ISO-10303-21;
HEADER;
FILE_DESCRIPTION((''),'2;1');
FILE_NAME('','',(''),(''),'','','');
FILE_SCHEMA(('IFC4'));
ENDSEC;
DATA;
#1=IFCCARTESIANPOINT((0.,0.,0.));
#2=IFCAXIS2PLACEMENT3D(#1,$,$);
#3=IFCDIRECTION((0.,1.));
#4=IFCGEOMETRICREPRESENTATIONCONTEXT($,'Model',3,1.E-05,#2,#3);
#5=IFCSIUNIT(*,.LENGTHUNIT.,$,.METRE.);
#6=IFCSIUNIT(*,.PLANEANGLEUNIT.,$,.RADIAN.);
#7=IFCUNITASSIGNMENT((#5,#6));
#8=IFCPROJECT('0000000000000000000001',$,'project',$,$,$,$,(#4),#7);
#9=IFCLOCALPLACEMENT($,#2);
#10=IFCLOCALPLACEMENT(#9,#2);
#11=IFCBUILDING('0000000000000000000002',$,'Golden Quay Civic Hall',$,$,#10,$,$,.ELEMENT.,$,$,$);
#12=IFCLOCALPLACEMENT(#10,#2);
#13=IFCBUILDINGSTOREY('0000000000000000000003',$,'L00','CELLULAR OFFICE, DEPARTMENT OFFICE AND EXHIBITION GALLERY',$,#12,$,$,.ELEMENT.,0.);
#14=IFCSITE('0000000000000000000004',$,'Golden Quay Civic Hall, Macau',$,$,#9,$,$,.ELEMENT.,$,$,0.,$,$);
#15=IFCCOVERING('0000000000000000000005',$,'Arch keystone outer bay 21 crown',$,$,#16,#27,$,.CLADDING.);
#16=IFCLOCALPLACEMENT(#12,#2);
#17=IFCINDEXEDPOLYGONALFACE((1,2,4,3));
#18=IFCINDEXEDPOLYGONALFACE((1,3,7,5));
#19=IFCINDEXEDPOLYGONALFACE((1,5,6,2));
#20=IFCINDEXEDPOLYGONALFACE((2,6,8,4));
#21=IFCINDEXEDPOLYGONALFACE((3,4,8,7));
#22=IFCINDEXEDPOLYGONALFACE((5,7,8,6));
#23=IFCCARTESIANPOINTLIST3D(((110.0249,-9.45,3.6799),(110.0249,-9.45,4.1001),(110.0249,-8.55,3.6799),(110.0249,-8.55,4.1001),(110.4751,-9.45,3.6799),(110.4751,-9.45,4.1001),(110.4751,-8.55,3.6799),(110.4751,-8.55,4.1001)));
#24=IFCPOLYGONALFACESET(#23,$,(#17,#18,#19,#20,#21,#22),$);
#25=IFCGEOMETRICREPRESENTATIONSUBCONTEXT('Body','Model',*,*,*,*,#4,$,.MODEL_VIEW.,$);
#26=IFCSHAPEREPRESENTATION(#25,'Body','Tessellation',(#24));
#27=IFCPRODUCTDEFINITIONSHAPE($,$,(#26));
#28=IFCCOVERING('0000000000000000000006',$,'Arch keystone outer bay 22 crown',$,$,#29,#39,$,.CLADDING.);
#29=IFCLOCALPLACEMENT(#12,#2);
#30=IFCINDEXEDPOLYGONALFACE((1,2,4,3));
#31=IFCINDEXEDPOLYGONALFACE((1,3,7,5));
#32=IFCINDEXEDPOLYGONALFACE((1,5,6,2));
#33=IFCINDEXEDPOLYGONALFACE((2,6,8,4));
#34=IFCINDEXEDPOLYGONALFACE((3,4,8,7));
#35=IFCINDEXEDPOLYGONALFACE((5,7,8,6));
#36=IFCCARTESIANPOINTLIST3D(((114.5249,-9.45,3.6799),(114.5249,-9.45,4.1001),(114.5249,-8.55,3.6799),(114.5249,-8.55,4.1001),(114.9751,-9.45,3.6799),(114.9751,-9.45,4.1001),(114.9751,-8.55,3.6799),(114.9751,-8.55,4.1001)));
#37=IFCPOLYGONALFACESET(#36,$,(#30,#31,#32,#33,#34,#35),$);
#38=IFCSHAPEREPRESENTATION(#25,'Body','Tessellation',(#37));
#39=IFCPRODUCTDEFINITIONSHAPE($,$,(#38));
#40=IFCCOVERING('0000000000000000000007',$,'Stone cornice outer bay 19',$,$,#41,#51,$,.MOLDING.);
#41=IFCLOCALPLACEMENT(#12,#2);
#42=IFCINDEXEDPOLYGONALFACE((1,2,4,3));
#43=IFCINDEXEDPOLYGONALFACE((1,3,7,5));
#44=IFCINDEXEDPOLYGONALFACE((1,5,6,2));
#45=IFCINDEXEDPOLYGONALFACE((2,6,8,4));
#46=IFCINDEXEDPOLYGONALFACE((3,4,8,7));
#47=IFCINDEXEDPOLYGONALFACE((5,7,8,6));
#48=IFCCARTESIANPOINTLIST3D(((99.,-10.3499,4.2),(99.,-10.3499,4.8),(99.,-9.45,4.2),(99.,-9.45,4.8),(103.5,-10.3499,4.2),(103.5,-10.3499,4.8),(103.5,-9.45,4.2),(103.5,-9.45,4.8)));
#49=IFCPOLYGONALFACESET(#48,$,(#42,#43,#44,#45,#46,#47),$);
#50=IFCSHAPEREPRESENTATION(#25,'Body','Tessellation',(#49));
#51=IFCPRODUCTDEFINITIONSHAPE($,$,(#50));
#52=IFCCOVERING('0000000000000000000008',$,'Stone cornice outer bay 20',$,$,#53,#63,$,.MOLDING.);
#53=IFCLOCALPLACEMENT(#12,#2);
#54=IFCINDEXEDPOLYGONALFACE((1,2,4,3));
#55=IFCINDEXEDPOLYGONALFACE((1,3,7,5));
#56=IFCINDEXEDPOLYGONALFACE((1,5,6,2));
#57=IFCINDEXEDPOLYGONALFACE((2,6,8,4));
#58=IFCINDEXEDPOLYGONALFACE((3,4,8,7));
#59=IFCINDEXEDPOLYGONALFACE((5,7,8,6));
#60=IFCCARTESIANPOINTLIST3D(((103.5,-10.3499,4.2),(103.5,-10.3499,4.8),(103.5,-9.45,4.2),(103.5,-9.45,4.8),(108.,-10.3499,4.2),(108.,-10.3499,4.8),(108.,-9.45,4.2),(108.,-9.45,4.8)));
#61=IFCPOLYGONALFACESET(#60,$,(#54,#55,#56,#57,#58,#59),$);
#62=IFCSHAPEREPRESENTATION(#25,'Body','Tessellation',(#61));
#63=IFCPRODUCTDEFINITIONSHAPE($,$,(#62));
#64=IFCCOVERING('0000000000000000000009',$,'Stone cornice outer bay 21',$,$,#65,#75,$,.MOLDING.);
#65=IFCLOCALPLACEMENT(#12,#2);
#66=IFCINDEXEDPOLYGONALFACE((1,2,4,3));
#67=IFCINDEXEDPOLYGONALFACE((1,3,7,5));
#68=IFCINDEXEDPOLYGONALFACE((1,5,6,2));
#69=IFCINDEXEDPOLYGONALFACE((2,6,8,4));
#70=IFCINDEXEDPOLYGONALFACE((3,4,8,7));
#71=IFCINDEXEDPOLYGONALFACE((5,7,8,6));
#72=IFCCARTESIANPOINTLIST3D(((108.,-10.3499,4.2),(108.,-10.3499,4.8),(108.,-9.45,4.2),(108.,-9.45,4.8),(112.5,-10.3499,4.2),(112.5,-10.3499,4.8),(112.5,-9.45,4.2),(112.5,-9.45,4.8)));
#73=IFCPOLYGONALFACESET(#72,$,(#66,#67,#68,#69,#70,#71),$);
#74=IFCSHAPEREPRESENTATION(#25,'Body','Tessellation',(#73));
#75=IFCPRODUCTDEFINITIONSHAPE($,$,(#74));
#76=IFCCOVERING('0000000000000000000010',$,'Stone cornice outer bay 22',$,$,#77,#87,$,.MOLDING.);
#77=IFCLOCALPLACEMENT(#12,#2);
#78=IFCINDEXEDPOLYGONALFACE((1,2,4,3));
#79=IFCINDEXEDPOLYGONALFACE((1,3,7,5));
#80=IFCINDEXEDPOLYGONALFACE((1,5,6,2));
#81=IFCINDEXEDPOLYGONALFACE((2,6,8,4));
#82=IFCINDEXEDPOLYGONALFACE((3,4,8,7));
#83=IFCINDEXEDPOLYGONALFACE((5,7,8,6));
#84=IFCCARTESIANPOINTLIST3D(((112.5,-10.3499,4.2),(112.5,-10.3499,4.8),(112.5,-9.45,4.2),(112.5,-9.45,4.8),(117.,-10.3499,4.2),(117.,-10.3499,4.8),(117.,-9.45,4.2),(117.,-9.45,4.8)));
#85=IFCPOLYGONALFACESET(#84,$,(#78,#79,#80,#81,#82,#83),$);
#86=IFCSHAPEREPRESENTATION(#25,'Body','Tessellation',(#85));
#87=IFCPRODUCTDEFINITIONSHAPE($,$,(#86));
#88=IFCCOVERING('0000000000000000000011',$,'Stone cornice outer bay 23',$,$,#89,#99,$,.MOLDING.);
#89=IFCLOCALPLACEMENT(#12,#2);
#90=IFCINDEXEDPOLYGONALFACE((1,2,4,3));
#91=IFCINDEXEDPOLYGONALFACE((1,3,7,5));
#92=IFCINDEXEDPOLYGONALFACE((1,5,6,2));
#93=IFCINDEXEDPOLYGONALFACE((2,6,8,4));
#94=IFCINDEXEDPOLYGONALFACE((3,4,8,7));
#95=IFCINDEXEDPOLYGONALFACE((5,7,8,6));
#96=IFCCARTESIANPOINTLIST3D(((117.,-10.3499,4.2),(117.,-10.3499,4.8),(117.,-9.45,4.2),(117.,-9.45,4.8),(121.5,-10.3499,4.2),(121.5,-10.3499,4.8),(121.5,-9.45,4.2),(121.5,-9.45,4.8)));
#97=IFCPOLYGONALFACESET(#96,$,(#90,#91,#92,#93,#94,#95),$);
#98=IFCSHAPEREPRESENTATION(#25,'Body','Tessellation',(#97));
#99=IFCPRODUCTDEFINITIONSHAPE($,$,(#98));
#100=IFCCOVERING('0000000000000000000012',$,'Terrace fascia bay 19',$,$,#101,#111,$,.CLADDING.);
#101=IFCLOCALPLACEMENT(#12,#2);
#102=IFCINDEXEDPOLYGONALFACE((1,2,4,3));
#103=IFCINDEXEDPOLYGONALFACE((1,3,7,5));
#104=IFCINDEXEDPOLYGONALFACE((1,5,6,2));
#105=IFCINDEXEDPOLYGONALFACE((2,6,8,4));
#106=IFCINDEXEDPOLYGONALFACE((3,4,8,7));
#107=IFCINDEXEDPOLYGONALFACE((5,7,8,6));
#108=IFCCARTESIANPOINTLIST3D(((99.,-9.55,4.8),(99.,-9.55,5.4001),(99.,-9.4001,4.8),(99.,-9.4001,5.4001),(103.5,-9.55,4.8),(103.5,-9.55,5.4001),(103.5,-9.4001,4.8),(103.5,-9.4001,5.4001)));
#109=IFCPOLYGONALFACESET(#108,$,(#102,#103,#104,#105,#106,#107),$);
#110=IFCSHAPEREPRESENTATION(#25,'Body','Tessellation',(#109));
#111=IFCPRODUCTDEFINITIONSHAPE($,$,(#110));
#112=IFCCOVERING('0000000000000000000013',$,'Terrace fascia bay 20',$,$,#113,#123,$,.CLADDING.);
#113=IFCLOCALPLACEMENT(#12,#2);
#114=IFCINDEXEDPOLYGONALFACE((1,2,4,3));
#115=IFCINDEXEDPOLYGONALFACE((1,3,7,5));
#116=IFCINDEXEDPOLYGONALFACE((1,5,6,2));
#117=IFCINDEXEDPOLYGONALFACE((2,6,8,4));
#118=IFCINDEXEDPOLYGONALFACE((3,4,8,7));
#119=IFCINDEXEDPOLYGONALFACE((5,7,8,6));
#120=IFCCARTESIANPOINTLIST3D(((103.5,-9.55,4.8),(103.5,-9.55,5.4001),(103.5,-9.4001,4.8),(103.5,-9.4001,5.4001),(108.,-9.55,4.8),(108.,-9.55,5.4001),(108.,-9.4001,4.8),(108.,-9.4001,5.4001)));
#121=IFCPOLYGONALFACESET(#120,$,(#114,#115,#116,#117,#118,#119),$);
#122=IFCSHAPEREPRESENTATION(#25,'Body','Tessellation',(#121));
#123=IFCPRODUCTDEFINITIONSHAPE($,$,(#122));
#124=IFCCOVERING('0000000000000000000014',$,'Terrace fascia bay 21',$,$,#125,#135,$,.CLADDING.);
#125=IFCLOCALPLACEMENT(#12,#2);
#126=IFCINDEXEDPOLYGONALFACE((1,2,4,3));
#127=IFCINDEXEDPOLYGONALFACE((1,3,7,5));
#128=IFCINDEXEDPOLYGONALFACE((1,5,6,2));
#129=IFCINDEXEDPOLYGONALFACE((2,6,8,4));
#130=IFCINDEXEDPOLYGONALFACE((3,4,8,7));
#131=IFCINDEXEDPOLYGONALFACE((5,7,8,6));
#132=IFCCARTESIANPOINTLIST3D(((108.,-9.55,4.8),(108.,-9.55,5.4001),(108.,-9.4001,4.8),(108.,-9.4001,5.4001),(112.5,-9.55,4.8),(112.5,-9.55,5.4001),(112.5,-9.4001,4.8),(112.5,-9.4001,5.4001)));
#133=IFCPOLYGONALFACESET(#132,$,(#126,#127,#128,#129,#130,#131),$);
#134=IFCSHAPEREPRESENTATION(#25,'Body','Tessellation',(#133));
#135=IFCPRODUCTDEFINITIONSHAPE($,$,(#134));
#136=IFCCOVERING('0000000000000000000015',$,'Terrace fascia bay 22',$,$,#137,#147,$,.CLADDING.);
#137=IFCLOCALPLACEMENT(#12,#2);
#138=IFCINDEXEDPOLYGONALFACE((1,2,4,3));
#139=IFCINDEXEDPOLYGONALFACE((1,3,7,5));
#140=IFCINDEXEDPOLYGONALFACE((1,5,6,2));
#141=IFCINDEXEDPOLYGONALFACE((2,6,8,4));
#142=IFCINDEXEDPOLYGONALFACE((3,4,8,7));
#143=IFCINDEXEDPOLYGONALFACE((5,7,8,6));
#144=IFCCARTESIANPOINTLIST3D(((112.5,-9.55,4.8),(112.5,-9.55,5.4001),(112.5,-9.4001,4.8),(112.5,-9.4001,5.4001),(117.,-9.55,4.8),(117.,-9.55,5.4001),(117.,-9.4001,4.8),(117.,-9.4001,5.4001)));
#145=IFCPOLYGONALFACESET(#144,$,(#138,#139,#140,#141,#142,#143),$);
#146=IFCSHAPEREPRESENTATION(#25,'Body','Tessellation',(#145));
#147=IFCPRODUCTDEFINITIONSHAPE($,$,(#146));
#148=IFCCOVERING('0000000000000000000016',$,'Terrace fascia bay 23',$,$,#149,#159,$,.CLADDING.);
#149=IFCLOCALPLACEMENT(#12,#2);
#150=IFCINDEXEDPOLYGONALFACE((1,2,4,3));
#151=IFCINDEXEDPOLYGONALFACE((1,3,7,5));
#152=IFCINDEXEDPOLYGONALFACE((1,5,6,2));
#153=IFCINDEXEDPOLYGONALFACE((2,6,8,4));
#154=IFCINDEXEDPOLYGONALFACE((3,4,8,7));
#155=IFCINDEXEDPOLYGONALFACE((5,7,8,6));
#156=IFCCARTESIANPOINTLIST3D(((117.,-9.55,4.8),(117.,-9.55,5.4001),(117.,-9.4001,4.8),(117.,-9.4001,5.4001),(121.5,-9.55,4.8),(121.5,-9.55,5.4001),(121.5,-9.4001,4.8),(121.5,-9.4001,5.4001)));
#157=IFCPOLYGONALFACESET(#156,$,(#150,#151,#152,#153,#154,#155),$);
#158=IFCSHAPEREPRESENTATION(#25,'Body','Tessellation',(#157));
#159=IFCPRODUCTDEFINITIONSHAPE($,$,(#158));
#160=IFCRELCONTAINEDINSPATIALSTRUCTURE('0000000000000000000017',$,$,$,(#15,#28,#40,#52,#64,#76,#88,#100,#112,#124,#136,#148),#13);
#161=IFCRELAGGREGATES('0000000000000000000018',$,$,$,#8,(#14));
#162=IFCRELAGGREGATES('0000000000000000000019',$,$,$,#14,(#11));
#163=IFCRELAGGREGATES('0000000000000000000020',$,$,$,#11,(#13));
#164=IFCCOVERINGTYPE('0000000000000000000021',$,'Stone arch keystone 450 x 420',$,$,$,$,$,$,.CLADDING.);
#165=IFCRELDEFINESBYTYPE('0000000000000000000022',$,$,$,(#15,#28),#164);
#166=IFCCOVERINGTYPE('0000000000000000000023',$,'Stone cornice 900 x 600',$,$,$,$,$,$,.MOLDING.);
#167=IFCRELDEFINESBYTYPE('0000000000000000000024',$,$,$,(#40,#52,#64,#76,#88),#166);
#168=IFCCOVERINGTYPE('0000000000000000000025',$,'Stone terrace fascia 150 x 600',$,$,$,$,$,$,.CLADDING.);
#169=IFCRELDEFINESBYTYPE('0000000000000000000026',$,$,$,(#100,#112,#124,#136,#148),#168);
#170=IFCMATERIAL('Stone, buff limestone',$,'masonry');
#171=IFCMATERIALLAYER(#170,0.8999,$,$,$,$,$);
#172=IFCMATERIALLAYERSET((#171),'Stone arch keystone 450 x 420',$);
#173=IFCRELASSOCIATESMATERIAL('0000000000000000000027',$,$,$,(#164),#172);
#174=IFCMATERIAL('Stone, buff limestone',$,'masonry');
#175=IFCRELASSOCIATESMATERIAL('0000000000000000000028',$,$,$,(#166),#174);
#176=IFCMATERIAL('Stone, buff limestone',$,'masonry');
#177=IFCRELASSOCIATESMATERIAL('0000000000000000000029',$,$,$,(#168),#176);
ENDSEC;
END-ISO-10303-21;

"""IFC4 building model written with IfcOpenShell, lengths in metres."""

from ifc_helpers import new_model, si_unit, direction, frame, origin, origin_2d, place, context, subcontext, project, spatial, polyline, rectangle, outline, extrude, material, layer, layer_set, material_profile, profile_set, type_object, element, save


model = new_model("IFC4")

# Units and contexts
model_context = context("Model", 3, precision=1e-05, world=origin(), true_north=direction((0.0, 1.0)))
body_context = subcontext(model_context, "Body", "Model", "MODEL_VIEW")
ifc_project = project(units=[si_unit("LENGTHUNIT", "METRE"), si_unit("PLANEANGLEUNIT", "RADIAN")], contexts=[model_context])

# Site, building, storey
site_placement = place(None, origin())
site = spatial("IfcSite", under=ifc_project, at=site_placement, Name="Golden Quay Civic Hall, Macau", CompositionType="ELEMENT", RefElevation=0.0)
building_placement = place(site_placement, origin())
building = spatial("IfcBuilding", under=site, at=building_placement, Name="Golden Quay Civic Hall", CompositionType="ELEMENT")
storey_placement = place(building_placement, origin())
storey = spatial("IfcBuildingStorey", under=building, at=storey_placement, Name="L00", Description="CELLULAR OFFICE, DEPARTMENT OFFICE AND EXHIBITION GALLERY", CompositionType="ELEMENT", Elevation=0.0)

# Coverings
ifc_material_1 = material(Name="Stone, buff limestone", Category="masonry")
ifc_layer_1 = layer(ifc_material_1, 0.8999)
ifc_layer_set_1 = layer_set([ifc_layer_1], Name="Stone arch keystone 450 x 420")
covering_type_1 = type_object("IfcCoveringType", Name="Stone arch keystone 450 x 420", PredefinedType="CLADDING", material=ifc_layer_set_1)
for number, where, z_axis, x_axis, name in (
    (1, (110.0249, -9.45, 3.6799), (0.0, -1.0, 0.0), (1.0, 0.0, 0.0), "Arch keystone outer bay 21 crown"),
    (2, (114.5249, -9.45, 3.6799), (0.0, -1.0, 0.0), (1.0, 0.0, 0.0), "Arch keystone outer bay 22 crown"),
):
    element("IfcCovering", number, at=place(storey_placement, frame(where, z_axis=z_axis, x_axis=x_axis)), inside=storey, type_object=covering_type_1, Name=name, PredefinedType="CLADDING", context=body_context, shape_type="SweptSolid", body=[
        extrude(outline(polyline([(0.0, 0.0), (0.4502, 0.0), (0.4502, 0.4202), (0.0, 0.4202), (0.0, 0.0)])), origin(), (0.0, 0.0, -1.0), 0.8999),
    ])
ifc_material_2 = material(Name="Stone, buff limestone", Category="masonry")
ifc_material_profile_1 = material_profile(ifc_material_2, rectangle(XDim=0.8999, YDim=0.6001, at=origin_2d()), Name="RC 900x600")
ifc_profile_set_1 = profile_set([ifc_material_profile_1], Name="Stone, buff limestone")
covering_type_2 = type_object("IfcCoveringType", Name="Stone cornice 900 x 600", PredefinedType="MOLDING", material=ifc_profile_set_1)
for number, where, z_axis, x_axis, name in (
    (3, (99.0, -9.8999, 4.5), (1.0, 0.0, 0.0), (0.0, 1.0, 0.0), "Stone cornice outer bay 19"),
    (4, (103.5, -9.8999, 4.5), (1.0, 0.0, 0.0), (0.0, 1.0, 0.0), "Stone cornice outer bay 20"),
    (5, (108.0, -9.8999, 4.5), (1.0, 0.0, 0.0), (0.0, 1.0, 0.0), "Stone cornice outer bay 21"),
    (6, (112.5, -9.8999, 4.5), (1.0, 0.0, 0.0), (0.0, 1.0, 0.0), "Stone cornice outer bay 22"),
    (7, (117.0, -9.8999, 4.5), (1.0, 0.0, 0.0), (0.0, 1.0, 0.0), "Stone cornice outer bay 23"),
):
    element("IfcCovering", number, at=place(storey_placement, frame(where, z_axis=z_axis, x_axis=x_axis)), inside=storey, type_object=covering_type_2, Name=name, PredefinedType="MOLDING", context=body_context, shape_type="SweptSolid", body=[
        extrude(rectangle(XDim=0.8999, YDim=0.6001, at=origin_2d()), origin(), (0.0, 0.0, 1.0), 4.5),
    ])
ifc_material_3 = material(Name="Stone, buff limestone", Category="masonry")
ifc_material_profile_2 = material_profile(ifc_material_3, rectangle(XDim=0.1499, YDim=0.6001, at=origin_2d()), Name="RC 150x600")
ifc_profile_set_2 = profile_set([ifc_material_profile_2], Name="Stone, buff limestone")
covering_type_3 = type_object("IfcCoveringType", Name="Stone terrace fascia 150 x 600", PredefinedType="CLADDING", material=ifc_profile_set_2)
for number, where, z_axis, x_axis, name in (
    (8, (99.0, -9.4751, 5.1001), (1.0, 0.0, 0.0), (0.0, 1.0, 0.0), "Terrace fascia bay 19"),
    (9, (103.5, -9.4751, 5.1001), (1.0, 0.0, 0.0), (0.0, 1.0, 0.0), "Terrace fascia bay 20"),
    (10, (108.0, -9.4751, 5.1001), (1.0, 0.0, 0.0), (0.0, 1.0, 0.0), "Terrace fascia bay 21"),
    (11, (112.5, -9.4751, 5.1001), (1.0, 0.0, 0.0), (0.0, 1.0, 0.0), "Terrace fascia bay 22"),
    (12, (117.0, -9.4751, 5.1001), (1.0, 0.0, 0.0), (0.0, 1.0, 0.0), "Terrace fascia bay 23"),
):
    element("IfcCovering", number, at=place(storey_placement, frame(where, z_axis=z_axis, x_axis=x_axis)), inside=storey, type_object=covering_type_3, Name=name, PredefinedType="CLADDING", context=body_context, shape_type="SweptSolid", body=[
        extrude(rectangle(XDim=0.1499, YDim=0.6001, at=origin_2d()), origin(), (0.0, 0.0, 1.0), 4.5),
    ])

save(model, "model.ifc")
